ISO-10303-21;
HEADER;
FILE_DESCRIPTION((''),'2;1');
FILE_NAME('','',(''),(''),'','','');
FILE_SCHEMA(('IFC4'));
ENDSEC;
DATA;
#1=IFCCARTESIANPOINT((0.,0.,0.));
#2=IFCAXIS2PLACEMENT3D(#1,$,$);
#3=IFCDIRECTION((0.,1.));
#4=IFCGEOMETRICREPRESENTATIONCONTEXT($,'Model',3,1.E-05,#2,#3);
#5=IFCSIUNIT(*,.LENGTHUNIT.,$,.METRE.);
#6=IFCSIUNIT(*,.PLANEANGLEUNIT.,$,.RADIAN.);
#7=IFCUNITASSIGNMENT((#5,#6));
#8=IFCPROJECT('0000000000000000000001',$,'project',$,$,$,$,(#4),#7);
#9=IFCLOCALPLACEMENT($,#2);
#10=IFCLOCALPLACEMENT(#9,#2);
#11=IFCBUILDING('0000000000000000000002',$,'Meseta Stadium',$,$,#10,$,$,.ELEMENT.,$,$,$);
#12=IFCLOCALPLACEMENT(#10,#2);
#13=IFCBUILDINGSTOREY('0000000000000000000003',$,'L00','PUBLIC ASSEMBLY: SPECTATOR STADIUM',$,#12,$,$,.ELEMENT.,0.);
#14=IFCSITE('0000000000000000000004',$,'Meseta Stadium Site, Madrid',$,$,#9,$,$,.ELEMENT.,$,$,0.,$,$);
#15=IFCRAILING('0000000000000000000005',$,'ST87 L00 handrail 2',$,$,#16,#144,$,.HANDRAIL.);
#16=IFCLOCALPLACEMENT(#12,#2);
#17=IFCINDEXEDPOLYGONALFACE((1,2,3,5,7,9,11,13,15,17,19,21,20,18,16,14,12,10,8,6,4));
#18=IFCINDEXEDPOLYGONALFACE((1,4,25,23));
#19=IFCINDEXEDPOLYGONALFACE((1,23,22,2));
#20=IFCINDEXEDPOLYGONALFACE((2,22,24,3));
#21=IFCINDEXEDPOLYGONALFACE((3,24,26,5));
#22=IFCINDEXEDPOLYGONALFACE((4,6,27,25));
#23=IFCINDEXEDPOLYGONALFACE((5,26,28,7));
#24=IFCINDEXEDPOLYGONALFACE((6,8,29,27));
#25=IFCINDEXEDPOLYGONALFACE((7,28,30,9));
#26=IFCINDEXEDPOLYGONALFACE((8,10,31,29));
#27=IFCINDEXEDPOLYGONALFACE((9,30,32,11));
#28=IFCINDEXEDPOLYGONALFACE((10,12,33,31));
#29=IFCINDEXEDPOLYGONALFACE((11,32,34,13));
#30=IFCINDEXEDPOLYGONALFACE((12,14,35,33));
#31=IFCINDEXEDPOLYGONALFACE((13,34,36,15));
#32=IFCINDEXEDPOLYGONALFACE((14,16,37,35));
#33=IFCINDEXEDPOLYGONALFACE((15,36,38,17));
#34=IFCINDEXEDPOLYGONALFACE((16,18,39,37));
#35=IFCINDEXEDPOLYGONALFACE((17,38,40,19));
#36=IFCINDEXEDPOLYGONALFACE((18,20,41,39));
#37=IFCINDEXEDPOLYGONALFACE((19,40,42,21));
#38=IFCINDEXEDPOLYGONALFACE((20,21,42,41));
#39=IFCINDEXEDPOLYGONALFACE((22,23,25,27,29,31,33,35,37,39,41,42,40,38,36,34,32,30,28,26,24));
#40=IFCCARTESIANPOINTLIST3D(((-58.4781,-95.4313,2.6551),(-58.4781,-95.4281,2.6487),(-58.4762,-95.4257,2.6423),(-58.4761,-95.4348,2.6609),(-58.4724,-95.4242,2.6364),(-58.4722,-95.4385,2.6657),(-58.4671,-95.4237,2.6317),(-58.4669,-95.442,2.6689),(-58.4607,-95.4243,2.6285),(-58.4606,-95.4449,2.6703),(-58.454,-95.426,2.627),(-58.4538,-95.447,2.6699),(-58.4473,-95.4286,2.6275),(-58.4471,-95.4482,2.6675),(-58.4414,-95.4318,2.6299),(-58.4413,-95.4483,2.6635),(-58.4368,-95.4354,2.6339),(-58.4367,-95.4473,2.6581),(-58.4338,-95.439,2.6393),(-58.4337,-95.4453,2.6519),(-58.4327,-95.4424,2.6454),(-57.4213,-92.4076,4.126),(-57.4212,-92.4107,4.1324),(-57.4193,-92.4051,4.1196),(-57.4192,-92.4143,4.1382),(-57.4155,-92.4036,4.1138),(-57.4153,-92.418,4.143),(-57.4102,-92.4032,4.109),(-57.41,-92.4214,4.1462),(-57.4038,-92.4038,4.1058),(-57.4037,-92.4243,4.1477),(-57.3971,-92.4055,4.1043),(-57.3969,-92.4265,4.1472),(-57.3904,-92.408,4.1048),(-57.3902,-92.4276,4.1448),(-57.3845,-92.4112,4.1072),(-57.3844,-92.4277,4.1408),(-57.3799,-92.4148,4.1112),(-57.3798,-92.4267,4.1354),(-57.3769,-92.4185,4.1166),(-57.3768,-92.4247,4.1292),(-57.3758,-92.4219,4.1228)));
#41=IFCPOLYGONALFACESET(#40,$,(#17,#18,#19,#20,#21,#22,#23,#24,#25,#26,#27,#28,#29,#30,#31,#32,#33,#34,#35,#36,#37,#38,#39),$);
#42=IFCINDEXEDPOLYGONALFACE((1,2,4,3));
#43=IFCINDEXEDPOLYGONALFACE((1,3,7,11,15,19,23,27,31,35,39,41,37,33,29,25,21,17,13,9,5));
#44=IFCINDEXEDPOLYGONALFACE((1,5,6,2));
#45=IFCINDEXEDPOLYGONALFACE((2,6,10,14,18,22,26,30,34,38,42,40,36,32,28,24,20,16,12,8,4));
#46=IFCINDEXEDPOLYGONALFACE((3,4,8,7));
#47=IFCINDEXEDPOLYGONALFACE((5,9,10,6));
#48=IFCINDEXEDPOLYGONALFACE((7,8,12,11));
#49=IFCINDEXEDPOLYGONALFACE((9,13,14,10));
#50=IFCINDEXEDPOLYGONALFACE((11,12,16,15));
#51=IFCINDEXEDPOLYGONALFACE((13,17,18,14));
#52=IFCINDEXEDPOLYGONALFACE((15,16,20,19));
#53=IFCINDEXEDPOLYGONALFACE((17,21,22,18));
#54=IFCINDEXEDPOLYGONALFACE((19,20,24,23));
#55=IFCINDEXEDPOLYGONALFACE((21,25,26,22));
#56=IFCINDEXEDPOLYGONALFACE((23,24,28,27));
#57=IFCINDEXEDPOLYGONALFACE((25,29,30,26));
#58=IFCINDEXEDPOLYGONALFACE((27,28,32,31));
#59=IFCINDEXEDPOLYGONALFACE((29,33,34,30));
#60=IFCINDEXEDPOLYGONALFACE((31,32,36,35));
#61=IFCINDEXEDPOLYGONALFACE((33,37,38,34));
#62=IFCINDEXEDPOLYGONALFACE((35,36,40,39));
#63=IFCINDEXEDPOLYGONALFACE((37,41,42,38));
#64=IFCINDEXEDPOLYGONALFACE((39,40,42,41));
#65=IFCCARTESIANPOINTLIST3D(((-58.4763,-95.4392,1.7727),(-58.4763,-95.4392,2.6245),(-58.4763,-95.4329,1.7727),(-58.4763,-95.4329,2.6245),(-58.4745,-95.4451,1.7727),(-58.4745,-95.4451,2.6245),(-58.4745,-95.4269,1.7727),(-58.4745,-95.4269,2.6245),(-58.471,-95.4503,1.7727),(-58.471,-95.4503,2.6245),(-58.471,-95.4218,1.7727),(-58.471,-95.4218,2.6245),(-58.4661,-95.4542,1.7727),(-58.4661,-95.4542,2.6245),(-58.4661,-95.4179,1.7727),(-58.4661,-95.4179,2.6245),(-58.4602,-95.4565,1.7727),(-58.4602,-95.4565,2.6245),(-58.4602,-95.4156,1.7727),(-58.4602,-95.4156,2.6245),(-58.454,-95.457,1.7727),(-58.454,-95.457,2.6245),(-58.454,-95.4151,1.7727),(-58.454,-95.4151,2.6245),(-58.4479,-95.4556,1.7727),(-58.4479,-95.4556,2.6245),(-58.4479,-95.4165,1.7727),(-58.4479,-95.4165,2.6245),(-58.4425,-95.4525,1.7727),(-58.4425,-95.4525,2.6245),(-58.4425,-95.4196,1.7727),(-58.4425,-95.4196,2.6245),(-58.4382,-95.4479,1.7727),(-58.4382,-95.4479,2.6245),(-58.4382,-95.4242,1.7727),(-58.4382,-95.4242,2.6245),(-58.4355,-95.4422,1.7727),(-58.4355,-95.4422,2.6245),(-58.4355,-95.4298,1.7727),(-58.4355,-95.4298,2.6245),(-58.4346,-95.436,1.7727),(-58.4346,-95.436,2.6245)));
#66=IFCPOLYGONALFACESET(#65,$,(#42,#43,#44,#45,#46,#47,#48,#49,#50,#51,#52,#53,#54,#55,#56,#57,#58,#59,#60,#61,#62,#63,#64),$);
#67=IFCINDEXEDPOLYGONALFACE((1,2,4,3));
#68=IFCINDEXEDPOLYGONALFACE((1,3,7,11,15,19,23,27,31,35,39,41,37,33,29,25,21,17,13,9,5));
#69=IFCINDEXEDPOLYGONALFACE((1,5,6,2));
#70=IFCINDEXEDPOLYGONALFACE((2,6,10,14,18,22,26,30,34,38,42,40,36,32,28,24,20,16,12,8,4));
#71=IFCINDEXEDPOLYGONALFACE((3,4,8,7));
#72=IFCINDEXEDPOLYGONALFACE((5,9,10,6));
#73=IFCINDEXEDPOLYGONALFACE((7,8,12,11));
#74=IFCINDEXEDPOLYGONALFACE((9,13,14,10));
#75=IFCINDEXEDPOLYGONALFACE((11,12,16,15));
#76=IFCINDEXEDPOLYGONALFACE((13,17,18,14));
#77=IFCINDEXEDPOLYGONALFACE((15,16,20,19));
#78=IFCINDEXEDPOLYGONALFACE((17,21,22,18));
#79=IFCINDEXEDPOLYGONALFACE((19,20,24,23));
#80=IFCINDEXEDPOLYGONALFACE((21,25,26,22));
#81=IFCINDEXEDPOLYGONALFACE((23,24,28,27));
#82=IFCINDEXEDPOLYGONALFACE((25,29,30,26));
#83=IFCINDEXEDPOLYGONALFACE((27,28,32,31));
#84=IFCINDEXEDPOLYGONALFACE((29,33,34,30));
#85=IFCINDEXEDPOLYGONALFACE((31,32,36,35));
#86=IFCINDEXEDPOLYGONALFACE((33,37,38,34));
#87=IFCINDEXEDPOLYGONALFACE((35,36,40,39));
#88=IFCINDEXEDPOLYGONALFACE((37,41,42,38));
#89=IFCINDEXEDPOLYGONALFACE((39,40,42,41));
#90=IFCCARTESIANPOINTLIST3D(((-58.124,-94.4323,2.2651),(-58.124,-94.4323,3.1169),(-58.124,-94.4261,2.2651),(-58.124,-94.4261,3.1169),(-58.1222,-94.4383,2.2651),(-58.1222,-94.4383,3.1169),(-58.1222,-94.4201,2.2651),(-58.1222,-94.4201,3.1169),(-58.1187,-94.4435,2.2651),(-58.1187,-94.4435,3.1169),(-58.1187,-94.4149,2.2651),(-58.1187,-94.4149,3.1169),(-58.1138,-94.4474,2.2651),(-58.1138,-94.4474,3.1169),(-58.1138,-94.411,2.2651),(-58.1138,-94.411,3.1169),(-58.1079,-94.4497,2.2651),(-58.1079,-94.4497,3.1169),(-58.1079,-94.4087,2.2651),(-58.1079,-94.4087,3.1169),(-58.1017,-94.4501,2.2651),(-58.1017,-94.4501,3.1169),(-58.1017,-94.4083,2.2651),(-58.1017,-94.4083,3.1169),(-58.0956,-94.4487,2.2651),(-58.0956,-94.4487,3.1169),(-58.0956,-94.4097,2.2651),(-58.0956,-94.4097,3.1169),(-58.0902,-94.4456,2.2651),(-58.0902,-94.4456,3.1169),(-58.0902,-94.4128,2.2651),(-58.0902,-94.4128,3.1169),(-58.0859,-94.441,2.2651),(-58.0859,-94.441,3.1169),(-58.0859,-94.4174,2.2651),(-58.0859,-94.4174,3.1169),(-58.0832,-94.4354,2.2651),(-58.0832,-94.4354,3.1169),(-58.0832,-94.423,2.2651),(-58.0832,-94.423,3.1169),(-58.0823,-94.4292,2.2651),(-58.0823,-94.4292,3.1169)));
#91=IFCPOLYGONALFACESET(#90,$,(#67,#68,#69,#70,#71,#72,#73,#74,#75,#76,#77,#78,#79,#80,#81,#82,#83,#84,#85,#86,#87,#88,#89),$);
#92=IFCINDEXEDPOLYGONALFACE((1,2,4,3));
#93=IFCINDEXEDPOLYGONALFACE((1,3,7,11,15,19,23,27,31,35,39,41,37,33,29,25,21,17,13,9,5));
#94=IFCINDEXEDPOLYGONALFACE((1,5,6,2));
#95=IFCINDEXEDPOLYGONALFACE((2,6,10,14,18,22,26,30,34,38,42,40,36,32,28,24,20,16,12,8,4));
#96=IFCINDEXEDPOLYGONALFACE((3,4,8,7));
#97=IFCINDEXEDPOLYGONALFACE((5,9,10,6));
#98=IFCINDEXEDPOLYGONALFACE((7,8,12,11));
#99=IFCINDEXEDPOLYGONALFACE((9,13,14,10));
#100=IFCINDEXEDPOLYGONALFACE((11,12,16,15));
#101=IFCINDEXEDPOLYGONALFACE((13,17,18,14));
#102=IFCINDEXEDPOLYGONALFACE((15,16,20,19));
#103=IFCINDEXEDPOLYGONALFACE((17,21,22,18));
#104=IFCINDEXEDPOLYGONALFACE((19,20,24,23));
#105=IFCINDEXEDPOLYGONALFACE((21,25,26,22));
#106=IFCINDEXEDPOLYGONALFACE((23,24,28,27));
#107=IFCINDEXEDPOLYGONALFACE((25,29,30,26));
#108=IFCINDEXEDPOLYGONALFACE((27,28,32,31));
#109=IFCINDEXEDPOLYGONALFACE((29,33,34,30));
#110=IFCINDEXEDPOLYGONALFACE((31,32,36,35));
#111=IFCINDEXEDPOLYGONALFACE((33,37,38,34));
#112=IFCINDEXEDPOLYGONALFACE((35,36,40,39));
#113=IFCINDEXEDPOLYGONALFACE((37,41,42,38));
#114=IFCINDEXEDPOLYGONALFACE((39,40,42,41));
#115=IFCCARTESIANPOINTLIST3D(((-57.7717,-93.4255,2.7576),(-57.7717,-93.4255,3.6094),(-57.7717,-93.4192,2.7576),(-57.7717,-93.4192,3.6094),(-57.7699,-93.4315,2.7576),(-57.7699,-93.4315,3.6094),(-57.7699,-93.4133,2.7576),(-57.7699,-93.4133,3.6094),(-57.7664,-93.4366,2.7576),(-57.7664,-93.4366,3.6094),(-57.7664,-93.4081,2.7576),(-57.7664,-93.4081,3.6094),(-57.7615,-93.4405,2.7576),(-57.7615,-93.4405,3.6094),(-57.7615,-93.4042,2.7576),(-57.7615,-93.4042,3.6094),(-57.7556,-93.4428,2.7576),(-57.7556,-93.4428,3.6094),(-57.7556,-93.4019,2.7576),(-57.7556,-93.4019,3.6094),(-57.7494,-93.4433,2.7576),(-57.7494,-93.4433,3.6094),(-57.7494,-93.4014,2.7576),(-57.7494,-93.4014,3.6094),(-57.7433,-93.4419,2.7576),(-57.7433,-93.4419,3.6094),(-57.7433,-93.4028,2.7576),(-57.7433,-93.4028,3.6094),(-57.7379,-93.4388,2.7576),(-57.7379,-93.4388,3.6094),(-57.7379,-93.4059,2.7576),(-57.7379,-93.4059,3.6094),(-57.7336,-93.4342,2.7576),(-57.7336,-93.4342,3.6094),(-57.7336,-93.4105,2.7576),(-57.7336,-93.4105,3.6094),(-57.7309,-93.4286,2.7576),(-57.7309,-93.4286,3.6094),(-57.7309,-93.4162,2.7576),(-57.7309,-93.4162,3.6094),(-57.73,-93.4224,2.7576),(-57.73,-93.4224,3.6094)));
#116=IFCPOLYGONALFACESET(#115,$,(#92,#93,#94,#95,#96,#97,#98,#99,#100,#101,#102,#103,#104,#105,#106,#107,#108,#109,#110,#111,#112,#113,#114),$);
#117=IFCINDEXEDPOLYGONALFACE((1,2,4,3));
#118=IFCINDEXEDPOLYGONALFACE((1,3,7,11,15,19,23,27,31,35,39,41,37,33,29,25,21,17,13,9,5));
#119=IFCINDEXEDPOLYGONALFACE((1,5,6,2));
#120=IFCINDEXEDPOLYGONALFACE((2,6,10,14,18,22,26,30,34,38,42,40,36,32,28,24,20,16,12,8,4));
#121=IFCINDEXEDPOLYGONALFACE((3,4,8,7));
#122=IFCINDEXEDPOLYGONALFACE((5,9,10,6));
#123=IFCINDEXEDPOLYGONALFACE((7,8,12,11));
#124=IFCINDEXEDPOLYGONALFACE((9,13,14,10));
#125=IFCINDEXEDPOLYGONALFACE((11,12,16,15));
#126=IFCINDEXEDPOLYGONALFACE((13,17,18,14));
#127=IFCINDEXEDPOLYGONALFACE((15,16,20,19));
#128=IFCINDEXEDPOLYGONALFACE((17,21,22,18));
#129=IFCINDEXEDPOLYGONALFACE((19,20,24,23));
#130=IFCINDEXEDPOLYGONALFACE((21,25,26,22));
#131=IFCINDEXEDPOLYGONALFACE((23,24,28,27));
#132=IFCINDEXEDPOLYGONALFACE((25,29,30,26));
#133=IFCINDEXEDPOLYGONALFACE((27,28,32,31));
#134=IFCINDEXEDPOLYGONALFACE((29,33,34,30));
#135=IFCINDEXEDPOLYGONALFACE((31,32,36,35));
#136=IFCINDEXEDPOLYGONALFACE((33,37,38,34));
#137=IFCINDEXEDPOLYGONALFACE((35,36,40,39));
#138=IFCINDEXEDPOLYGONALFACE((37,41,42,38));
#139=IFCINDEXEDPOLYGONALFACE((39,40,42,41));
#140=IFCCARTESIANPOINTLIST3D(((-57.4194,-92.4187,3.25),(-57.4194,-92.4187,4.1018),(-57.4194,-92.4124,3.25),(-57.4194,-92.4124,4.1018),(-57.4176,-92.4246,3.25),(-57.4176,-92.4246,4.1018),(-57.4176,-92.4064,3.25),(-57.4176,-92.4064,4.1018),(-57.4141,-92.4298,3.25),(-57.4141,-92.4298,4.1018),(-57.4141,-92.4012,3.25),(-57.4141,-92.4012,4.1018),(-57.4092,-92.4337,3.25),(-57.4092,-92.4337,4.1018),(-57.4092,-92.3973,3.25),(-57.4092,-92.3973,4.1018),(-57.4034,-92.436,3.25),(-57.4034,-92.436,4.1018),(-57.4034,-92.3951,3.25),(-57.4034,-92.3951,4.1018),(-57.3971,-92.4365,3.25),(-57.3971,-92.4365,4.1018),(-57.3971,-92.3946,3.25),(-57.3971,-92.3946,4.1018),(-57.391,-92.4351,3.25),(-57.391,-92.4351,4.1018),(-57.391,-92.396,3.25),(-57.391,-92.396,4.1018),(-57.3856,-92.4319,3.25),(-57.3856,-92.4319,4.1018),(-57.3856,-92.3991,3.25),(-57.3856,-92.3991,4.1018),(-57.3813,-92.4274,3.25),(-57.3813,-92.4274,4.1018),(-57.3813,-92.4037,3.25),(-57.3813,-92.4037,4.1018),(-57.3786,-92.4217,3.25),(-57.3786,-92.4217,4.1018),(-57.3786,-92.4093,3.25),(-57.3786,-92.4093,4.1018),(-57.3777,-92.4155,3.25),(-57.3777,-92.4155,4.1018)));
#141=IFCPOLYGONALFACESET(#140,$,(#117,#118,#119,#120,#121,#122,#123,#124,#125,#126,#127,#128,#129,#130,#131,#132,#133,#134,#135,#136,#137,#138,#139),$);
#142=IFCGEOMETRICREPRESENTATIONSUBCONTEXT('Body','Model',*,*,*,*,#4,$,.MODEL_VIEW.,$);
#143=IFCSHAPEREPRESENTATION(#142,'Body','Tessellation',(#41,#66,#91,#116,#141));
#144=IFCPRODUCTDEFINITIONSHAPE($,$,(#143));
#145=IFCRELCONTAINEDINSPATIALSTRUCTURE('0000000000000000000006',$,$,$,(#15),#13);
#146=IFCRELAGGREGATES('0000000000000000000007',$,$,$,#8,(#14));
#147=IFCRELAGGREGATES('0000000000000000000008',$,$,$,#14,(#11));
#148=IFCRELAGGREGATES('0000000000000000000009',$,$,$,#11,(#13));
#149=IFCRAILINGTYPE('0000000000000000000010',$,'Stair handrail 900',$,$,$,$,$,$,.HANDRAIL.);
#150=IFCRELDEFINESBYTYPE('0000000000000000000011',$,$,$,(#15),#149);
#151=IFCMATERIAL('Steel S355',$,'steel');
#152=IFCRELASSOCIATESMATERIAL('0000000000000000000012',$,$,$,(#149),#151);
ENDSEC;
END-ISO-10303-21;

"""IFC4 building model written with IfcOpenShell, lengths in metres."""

from ifc_helpers import new_model, si_unit, direction, frame, origin, origin_2d, place, context, subcontext, project, spatial, circle, extrude, material, type_object, element, save


model = new_model("IFC4")

# Units and contexts
model_context = context("Model", 3, precision=1e-05, world=origin(), true_north=direction((0.0, 1.0)))
body_context = subcontext(model_context, "Body", "Model", "MODEL_VIEW")
ifc_project = project(units=[si_unit("LENGTHUNIT", "METRE"), si_unit("PLANEANGLEUNIT", "RADIAN")], contexts=[model_context])

# Site, building, storey
site_placement = place(None, origin())
site = spatial("IfcSite", under=ifc_project, at=site_placement, Name="Meseta Stadium Site, Madrid", CompositionType="ELEMENT", RefElevation=0.0)
building_placement = place(site_placement, origin())
building = spatial("IfcBuilding", under=site, at=building_placement, Name="Meseta Stadium", CompositionType="ELEMENT")
storey_placement = place(building_placement, origin())
storey = spatial("IfcBuildingStorey", under=building, at=storey_placement, Name="L00", Description="PUBLIC ASSEMBLY: SPECTATOR STADIUM", CompositionType="ELEMENT", Elevation=0.0)

# Railing
ifc_material_1 = material(Name="Steel S355", Category="steel")
railing_type_1 = type_object("IfcRailingType", Name="Stair handrail 900", PredefinedType="HANDRAIL", material=ifc_material_1)
for number, where, name in (
    (1, (-58.4556, -95.436, 1.7727), "ST87 L00 handrail 2"),
):
    element("IfcRailing", number, at=place(storey_placement, frame(where)), inside=storey, type_object=railing_type_1, Name=name, PredefinedType="HANDRAIL", context=body_context, shape_type="SweptSolid", body=[
        extrude(circle(Radius=0.0239, at=origin_2d()), frame((0.0, 0.0, 0.876), z_axis=(0.299859, 0.856977, 0.419137), x_axis=(-0.943887, 0.330269, 0.0)), (0.0, 0.0, 1.0), 3.5247),
        extrude(circle(Radius=0.021, at=origin_2d()), origin(), (0.0, 0.0, 1.0), 0.8518),
        extrude(circle(Radius=0.021, at=origin_2d()), frame((0.3523, 1.0068, 0.4924)), (0.0, 0.0, 1.0), 0.8518),
        extrude(circle(Radius=0.021, at=origin_2d()), frame((0.7046, 2.0137, 0.9849)), (0.0, 0.0, 1.0), 0.8518),
        extrude(circle(Radius=0.021, at=origin_2d()), frame((1.0569, 3.0205, 1.4773)), (0.0, 0.0, 1.0), 0.8518),
    ])

save(model, "model.ifc")
